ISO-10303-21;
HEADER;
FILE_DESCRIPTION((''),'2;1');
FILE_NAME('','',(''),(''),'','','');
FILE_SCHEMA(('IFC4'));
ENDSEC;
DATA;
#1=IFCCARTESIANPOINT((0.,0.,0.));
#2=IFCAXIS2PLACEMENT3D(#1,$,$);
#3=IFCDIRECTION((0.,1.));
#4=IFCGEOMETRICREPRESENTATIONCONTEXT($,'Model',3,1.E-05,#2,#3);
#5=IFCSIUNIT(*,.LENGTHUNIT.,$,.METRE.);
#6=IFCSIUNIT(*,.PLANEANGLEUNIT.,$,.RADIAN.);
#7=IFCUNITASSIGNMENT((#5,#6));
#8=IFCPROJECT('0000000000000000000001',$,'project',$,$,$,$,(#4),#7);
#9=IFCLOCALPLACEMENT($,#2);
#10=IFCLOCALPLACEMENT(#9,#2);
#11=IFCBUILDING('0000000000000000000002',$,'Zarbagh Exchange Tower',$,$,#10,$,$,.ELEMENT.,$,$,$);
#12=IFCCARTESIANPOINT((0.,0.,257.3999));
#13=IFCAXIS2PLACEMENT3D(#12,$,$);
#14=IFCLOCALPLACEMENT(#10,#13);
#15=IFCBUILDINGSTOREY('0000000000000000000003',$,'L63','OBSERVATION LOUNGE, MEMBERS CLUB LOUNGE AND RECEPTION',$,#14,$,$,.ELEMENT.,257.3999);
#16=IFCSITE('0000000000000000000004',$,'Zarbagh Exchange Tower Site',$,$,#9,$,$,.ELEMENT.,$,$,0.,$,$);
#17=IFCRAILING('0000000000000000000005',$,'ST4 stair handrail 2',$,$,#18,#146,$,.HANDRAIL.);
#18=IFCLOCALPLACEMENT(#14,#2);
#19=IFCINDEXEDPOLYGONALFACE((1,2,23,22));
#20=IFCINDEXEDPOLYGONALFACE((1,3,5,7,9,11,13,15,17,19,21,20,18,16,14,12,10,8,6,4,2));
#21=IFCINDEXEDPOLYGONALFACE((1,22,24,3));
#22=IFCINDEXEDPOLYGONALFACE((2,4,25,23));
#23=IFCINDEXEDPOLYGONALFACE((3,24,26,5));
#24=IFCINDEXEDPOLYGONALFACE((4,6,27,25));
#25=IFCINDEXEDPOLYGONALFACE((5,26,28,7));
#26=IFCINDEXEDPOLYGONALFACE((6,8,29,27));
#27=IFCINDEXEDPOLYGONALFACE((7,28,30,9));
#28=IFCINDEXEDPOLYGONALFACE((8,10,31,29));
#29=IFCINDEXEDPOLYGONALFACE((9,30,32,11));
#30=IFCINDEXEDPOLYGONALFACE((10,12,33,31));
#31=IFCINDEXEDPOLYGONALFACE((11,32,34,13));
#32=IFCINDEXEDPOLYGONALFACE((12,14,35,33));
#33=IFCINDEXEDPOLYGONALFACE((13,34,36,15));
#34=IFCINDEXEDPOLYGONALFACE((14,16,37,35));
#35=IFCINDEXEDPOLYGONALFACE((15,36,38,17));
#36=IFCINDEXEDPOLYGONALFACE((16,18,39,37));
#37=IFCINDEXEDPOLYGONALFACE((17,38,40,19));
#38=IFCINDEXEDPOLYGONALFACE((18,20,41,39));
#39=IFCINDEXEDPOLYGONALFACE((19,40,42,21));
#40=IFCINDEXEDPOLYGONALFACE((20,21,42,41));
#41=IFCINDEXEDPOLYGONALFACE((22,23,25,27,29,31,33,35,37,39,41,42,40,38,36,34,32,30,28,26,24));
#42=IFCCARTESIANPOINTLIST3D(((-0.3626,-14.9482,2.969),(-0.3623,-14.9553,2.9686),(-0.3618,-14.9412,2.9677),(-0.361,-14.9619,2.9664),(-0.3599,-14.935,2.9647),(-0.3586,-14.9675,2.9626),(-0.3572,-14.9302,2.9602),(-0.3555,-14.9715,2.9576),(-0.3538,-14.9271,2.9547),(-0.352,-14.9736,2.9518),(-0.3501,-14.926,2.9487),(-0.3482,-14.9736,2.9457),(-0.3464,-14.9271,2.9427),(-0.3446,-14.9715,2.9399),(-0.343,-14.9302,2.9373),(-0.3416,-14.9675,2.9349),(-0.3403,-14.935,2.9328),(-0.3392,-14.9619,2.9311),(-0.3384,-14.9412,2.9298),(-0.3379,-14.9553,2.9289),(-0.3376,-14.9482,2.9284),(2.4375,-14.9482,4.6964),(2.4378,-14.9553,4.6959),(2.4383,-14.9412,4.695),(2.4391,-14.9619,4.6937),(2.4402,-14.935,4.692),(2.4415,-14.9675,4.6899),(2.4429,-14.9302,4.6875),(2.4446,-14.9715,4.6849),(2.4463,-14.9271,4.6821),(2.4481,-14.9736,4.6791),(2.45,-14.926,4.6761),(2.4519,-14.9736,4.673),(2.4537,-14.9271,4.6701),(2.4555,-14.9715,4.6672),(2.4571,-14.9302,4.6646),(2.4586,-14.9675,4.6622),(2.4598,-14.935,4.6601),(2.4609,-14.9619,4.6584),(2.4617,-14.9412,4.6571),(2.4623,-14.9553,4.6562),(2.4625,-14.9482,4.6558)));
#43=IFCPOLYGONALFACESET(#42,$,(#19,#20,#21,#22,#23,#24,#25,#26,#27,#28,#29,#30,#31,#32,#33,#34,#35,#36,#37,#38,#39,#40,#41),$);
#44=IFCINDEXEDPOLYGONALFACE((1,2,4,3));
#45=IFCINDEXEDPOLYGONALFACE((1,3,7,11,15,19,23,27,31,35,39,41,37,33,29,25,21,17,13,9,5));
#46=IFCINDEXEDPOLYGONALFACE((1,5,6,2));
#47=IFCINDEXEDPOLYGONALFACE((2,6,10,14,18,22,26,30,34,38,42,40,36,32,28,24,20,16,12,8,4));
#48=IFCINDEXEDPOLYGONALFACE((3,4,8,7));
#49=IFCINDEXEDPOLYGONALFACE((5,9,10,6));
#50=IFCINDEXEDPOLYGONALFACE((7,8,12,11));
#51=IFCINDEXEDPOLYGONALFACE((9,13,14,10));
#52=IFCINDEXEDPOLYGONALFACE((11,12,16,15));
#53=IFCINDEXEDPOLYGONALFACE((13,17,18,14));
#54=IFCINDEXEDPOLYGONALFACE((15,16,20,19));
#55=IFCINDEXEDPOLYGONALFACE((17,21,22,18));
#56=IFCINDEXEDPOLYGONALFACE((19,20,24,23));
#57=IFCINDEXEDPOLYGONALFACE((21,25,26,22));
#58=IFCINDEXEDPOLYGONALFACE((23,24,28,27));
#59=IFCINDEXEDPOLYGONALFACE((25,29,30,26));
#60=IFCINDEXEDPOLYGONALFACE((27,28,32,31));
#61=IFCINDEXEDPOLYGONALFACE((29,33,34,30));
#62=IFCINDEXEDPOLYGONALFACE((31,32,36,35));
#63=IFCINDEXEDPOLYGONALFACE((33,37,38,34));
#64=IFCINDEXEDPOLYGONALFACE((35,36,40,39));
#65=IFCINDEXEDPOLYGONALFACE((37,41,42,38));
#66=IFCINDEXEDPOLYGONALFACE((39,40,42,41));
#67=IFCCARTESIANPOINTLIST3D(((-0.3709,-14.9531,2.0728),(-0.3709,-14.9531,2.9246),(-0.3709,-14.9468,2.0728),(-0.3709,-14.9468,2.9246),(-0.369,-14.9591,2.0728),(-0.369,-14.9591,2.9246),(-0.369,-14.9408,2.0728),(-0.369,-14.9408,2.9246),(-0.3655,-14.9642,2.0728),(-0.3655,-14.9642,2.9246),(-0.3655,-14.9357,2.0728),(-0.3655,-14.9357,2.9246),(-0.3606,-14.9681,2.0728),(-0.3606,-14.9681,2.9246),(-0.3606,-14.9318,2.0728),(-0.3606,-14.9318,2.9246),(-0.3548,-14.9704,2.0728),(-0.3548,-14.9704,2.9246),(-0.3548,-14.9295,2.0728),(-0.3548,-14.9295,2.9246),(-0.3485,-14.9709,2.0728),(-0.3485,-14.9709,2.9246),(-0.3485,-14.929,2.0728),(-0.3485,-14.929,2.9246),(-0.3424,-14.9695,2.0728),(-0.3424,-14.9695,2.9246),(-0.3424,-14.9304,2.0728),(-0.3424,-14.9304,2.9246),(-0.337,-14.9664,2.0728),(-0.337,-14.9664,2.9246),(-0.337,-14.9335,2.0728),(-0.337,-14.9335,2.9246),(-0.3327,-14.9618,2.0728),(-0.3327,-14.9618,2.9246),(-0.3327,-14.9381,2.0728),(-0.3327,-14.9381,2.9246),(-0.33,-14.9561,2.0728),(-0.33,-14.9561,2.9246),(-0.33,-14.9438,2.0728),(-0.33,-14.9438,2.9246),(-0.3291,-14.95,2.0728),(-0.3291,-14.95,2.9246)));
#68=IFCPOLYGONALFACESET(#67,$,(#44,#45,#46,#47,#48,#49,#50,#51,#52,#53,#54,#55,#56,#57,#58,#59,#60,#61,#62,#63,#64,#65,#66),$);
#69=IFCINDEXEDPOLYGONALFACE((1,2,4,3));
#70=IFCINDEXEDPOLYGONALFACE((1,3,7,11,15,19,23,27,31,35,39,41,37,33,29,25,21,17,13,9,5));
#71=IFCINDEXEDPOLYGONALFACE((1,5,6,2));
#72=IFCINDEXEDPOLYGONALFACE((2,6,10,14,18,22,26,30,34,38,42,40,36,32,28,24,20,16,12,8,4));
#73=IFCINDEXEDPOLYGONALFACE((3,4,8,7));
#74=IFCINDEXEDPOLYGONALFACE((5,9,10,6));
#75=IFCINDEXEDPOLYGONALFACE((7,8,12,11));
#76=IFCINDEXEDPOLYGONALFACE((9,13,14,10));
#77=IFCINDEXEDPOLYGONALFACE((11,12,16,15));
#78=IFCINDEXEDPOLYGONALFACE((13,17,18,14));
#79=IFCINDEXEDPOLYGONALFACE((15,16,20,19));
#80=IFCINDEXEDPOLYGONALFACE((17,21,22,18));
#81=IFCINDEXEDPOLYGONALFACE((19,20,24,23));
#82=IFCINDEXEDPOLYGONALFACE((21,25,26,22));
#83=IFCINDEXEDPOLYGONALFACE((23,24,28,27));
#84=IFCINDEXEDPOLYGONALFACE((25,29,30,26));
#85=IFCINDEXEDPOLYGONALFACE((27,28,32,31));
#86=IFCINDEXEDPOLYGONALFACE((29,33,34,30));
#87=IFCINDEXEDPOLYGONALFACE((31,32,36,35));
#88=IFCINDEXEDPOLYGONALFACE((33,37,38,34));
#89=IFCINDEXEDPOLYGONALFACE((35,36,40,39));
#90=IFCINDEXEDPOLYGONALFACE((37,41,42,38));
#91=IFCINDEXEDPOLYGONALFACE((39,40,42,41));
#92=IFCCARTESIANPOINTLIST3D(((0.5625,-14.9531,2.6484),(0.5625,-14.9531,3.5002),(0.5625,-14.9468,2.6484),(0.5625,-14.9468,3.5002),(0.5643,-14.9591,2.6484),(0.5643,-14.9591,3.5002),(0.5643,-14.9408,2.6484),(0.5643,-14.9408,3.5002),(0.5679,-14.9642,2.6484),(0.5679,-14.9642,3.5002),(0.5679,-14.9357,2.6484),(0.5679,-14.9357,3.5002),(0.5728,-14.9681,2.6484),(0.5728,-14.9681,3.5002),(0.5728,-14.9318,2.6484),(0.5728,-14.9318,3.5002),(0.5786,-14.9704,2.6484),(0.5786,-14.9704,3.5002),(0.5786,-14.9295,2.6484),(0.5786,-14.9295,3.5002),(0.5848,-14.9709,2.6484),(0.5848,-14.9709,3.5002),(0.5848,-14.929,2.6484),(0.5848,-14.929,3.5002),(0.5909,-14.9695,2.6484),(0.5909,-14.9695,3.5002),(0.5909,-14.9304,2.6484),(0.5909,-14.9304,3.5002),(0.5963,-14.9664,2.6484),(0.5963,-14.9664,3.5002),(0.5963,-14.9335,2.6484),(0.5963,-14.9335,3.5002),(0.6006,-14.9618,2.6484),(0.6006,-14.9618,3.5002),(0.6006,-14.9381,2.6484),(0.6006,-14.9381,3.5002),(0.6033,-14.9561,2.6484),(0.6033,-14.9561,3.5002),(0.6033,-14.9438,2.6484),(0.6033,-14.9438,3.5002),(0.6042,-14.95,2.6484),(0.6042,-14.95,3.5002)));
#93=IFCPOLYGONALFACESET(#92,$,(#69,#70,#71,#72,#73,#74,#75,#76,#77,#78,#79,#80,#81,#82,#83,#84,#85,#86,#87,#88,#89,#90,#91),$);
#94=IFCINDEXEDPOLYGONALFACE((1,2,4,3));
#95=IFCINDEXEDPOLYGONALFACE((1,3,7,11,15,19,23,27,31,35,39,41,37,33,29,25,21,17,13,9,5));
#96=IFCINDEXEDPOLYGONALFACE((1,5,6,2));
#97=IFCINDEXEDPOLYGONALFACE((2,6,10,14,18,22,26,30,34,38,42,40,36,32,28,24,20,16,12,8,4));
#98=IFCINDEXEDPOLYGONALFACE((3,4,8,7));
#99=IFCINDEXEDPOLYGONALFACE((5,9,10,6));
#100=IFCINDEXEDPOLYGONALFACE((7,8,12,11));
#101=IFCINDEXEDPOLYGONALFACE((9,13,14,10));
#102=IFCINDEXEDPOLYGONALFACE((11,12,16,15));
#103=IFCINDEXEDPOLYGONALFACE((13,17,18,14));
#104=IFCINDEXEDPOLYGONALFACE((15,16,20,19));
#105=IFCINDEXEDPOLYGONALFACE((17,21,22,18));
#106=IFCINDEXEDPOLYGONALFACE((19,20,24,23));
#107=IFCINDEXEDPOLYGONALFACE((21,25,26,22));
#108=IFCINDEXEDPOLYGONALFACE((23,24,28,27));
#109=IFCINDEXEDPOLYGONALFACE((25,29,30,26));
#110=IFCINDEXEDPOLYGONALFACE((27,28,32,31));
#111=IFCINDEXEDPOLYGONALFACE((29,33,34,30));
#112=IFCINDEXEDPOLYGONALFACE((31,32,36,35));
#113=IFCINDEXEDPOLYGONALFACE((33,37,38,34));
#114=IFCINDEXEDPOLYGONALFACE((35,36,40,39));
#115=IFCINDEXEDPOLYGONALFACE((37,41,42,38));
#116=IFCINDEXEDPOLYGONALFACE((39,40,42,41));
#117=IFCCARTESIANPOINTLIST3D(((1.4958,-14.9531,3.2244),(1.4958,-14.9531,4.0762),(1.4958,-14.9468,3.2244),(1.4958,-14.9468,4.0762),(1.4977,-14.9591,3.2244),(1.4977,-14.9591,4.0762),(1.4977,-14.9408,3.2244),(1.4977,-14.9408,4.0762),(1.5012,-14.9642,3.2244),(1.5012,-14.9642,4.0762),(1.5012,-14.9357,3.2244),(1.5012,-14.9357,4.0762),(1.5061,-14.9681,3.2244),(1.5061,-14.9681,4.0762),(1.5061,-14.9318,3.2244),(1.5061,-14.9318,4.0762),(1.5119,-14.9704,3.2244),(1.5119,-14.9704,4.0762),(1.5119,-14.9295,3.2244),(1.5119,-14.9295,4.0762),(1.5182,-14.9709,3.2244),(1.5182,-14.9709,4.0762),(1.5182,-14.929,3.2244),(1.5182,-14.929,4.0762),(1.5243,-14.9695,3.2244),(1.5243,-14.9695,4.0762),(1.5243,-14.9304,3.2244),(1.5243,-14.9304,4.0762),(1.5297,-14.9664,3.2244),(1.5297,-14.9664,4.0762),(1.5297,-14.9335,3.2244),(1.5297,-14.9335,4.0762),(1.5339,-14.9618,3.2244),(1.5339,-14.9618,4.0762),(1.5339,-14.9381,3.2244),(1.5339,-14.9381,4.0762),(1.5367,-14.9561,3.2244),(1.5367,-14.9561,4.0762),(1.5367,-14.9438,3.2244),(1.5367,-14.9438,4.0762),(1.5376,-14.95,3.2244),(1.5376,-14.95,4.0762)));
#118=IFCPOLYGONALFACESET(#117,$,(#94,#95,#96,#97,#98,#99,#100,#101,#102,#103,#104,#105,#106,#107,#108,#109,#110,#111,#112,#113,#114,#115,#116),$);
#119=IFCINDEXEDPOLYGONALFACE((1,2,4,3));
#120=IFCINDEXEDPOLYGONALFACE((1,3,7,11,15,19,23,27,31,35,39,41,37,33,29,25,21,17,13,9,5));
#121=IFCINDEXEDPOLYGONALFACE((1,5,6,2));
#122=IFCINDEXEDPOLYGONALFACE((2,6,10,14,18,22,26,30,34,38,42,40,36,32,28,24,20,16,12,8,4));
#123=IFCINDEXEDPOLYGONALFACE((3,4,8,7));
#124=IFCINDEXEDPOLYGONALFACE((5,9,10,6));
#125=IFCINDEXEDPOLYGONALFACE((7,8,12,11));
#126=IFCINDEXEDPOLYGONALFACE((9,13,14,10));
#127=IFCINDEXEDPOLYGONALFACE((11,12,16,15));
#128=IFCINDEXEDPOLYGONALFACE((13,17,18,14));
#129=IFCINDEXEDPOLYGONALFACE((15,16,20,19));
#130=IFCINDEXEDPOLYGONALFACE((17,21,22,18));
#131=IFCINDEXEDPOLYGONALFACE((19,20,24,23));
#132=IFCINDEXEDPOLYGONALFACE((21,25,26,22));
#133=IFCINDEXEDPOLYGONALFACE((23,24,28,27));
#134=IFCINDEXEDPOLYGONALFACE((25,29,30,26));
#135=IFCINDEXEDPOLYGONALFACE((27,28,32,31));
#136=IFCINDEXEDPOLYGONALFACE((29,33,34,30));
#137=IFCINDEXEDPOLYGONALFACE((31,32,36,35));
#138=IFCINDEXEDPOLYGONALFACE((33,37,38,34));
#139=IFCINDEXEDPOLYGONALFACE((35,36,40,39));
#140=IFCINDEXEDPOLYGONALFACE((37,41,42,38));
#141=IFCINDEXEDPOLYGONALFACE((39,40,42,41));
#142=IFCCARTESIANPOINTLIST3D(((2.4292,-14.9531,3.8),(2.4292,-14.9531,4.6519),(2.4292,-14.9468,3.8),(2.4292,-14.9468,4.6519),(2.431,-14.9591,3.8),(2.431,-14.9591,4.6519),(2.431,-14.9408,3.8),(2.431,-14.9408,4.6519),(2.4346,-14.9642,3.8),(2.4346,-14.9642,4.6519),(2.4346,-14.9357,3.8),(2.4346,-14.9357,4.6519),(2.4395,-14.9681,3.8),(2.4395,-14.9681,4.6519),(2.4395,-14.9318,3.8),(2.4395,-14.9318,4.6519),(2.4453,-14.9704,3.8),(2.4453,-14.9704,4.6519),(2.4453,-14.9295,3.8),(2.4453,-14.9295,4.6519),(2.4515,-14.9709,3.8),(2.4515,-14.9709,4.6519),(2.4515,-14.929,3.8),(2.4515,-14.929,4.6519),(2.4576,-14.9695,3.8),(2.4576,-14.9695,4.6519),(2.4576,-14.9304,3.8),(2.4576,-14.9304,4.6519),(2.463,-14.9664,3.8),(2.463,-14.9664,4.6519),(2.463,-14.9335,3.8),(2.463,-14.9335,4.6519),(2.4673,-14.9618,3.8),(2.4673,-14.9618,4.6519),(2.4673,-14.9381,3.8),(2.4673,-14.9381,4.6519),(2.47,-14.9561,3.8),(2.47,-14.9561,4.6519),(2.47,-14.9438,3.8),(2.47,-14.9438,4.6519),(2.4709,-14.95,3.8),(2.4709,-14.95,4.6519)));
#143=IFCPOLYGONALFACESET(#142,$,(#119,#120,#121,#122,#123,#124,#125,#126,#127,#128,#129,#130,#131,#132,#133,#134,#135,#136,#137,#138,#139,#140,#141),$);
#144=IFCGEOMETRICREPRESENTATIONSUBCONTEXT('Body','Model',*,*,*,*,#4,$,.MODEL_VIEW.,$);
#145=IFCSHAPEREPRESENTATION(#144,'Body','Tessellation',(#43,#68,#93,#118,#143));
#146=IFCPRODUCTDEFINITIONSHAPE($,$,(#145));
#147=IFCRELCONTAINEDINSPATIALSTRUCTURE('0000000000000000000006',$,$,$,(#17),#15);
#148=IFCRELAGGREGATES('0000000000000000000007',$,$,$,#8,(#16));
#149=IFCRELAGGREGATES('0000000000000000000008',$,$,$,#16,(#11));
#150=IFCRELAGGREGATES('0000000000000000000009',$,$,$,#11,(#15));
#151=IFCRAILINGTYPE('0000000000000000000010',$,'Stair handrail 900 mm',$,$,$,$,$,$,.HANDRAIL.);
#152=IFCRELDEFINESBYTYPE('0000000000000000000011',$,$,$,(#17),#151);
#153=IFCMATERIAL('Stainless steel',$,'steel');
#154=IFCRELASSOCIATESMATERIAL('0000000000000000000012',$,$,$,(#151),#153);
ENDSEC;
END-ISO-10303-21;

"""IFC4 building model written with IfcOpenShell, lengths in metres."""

from ifc_helpers import new_model, si_unit, direction, frame, origin, origin_2d, place, context, subcontext, project, spatial, circle, extrude, material, type_object, element, save


model = new_model("IFC4")

# Units and contexts
model_context = context("Model", 3, precision=1e-05, world=origin(), true_north=direction((0.0, 1.0)))
body_context = subcontext(model_context, "Body", "Model", "MODEL_VIEW")
ifc_project = project(units=[si_unit("LENGTHUNIT", "METRE"), si_unit("PLANEANGLEUNIT", "RADIAN")], contexts=[model_context])

# Site, building, storey
site_placement = place(None, origin())
site = spatial("IfcSite", under=ifc_project, at=site_placement, Name="Zarbagh Exchange Tower Site", CompositionType="ELEMENT", RefElevation=0.0)
building_placement = place(site_placement, origin())
building = spatial("IfcBuilding", under=site, at=building_placement, Name="Zarbagh Exchange Tower", CompositionType="ELEMENT")
storey_placement = place(building_placement, frame((0.0, 0.0, 257.3999)))
storey = spatial("IfcBuildingStorey", under=building, at=storey_placement, Name="L63", Description="OBSERVATION LOUNGE, MEMBERS CLUB LOUNGE AND RECEPTION", CompositionType="ELEMENT", Elevation=257.3999)

# Shared definitions
ifc_material_1 = material(Name="Stainless steel", Category="steel")

# Railing
railing_type_1 = type_object("IfcRailingType", Name="Stair handrail 900 mm", PredefinedType="HANDRAIL", material=ifc_material_1)
railing_1_placement = place(storey_placement, frame((-0.3501, -14.95, 2.0728)))
element("IfcRailing", 1, at=railing_1_placement, inside=storey, type_object=railing_type_1, Name="ST4 stair handrail 2", PredefinedType="HANDRAIL", context=body_context, shape_type="SweptSolid", body=[
    extrude(circle(Radius=0.0239, at=origin_2d()), frame((0.0, 0.0, 0.876), z_axis=(0.85109, 0.0, 0.52502), x_axis=(0.0, 1.0, 0.0)), (0.0, 0.0, 1.0), 3.29),
    extrude(circle(Radius=0.021, at=origin_2d()), origin(), (0.0, 0.0, 1.0), 0.8518),
    extrude(circle(Radius=0.021, at=origin_2d()), frame((0.9333, 0.0, 0.5757)), (0.0, 0.0, 1.0), 0.8518),
    extrude(circle(Radius=0.021, at=origin_2d()), frame((1.8667, 0.0, 1.1516)), (0.0, 0.0, 1.0), 0.8518),
    extrude(circle(Radius=0.021, at=origin_2d()), frame((2.8, 0.0, 1.7273)), (0.0, 0.0, 1.0), 0.8518),
])

save(model, "model.ifc")
